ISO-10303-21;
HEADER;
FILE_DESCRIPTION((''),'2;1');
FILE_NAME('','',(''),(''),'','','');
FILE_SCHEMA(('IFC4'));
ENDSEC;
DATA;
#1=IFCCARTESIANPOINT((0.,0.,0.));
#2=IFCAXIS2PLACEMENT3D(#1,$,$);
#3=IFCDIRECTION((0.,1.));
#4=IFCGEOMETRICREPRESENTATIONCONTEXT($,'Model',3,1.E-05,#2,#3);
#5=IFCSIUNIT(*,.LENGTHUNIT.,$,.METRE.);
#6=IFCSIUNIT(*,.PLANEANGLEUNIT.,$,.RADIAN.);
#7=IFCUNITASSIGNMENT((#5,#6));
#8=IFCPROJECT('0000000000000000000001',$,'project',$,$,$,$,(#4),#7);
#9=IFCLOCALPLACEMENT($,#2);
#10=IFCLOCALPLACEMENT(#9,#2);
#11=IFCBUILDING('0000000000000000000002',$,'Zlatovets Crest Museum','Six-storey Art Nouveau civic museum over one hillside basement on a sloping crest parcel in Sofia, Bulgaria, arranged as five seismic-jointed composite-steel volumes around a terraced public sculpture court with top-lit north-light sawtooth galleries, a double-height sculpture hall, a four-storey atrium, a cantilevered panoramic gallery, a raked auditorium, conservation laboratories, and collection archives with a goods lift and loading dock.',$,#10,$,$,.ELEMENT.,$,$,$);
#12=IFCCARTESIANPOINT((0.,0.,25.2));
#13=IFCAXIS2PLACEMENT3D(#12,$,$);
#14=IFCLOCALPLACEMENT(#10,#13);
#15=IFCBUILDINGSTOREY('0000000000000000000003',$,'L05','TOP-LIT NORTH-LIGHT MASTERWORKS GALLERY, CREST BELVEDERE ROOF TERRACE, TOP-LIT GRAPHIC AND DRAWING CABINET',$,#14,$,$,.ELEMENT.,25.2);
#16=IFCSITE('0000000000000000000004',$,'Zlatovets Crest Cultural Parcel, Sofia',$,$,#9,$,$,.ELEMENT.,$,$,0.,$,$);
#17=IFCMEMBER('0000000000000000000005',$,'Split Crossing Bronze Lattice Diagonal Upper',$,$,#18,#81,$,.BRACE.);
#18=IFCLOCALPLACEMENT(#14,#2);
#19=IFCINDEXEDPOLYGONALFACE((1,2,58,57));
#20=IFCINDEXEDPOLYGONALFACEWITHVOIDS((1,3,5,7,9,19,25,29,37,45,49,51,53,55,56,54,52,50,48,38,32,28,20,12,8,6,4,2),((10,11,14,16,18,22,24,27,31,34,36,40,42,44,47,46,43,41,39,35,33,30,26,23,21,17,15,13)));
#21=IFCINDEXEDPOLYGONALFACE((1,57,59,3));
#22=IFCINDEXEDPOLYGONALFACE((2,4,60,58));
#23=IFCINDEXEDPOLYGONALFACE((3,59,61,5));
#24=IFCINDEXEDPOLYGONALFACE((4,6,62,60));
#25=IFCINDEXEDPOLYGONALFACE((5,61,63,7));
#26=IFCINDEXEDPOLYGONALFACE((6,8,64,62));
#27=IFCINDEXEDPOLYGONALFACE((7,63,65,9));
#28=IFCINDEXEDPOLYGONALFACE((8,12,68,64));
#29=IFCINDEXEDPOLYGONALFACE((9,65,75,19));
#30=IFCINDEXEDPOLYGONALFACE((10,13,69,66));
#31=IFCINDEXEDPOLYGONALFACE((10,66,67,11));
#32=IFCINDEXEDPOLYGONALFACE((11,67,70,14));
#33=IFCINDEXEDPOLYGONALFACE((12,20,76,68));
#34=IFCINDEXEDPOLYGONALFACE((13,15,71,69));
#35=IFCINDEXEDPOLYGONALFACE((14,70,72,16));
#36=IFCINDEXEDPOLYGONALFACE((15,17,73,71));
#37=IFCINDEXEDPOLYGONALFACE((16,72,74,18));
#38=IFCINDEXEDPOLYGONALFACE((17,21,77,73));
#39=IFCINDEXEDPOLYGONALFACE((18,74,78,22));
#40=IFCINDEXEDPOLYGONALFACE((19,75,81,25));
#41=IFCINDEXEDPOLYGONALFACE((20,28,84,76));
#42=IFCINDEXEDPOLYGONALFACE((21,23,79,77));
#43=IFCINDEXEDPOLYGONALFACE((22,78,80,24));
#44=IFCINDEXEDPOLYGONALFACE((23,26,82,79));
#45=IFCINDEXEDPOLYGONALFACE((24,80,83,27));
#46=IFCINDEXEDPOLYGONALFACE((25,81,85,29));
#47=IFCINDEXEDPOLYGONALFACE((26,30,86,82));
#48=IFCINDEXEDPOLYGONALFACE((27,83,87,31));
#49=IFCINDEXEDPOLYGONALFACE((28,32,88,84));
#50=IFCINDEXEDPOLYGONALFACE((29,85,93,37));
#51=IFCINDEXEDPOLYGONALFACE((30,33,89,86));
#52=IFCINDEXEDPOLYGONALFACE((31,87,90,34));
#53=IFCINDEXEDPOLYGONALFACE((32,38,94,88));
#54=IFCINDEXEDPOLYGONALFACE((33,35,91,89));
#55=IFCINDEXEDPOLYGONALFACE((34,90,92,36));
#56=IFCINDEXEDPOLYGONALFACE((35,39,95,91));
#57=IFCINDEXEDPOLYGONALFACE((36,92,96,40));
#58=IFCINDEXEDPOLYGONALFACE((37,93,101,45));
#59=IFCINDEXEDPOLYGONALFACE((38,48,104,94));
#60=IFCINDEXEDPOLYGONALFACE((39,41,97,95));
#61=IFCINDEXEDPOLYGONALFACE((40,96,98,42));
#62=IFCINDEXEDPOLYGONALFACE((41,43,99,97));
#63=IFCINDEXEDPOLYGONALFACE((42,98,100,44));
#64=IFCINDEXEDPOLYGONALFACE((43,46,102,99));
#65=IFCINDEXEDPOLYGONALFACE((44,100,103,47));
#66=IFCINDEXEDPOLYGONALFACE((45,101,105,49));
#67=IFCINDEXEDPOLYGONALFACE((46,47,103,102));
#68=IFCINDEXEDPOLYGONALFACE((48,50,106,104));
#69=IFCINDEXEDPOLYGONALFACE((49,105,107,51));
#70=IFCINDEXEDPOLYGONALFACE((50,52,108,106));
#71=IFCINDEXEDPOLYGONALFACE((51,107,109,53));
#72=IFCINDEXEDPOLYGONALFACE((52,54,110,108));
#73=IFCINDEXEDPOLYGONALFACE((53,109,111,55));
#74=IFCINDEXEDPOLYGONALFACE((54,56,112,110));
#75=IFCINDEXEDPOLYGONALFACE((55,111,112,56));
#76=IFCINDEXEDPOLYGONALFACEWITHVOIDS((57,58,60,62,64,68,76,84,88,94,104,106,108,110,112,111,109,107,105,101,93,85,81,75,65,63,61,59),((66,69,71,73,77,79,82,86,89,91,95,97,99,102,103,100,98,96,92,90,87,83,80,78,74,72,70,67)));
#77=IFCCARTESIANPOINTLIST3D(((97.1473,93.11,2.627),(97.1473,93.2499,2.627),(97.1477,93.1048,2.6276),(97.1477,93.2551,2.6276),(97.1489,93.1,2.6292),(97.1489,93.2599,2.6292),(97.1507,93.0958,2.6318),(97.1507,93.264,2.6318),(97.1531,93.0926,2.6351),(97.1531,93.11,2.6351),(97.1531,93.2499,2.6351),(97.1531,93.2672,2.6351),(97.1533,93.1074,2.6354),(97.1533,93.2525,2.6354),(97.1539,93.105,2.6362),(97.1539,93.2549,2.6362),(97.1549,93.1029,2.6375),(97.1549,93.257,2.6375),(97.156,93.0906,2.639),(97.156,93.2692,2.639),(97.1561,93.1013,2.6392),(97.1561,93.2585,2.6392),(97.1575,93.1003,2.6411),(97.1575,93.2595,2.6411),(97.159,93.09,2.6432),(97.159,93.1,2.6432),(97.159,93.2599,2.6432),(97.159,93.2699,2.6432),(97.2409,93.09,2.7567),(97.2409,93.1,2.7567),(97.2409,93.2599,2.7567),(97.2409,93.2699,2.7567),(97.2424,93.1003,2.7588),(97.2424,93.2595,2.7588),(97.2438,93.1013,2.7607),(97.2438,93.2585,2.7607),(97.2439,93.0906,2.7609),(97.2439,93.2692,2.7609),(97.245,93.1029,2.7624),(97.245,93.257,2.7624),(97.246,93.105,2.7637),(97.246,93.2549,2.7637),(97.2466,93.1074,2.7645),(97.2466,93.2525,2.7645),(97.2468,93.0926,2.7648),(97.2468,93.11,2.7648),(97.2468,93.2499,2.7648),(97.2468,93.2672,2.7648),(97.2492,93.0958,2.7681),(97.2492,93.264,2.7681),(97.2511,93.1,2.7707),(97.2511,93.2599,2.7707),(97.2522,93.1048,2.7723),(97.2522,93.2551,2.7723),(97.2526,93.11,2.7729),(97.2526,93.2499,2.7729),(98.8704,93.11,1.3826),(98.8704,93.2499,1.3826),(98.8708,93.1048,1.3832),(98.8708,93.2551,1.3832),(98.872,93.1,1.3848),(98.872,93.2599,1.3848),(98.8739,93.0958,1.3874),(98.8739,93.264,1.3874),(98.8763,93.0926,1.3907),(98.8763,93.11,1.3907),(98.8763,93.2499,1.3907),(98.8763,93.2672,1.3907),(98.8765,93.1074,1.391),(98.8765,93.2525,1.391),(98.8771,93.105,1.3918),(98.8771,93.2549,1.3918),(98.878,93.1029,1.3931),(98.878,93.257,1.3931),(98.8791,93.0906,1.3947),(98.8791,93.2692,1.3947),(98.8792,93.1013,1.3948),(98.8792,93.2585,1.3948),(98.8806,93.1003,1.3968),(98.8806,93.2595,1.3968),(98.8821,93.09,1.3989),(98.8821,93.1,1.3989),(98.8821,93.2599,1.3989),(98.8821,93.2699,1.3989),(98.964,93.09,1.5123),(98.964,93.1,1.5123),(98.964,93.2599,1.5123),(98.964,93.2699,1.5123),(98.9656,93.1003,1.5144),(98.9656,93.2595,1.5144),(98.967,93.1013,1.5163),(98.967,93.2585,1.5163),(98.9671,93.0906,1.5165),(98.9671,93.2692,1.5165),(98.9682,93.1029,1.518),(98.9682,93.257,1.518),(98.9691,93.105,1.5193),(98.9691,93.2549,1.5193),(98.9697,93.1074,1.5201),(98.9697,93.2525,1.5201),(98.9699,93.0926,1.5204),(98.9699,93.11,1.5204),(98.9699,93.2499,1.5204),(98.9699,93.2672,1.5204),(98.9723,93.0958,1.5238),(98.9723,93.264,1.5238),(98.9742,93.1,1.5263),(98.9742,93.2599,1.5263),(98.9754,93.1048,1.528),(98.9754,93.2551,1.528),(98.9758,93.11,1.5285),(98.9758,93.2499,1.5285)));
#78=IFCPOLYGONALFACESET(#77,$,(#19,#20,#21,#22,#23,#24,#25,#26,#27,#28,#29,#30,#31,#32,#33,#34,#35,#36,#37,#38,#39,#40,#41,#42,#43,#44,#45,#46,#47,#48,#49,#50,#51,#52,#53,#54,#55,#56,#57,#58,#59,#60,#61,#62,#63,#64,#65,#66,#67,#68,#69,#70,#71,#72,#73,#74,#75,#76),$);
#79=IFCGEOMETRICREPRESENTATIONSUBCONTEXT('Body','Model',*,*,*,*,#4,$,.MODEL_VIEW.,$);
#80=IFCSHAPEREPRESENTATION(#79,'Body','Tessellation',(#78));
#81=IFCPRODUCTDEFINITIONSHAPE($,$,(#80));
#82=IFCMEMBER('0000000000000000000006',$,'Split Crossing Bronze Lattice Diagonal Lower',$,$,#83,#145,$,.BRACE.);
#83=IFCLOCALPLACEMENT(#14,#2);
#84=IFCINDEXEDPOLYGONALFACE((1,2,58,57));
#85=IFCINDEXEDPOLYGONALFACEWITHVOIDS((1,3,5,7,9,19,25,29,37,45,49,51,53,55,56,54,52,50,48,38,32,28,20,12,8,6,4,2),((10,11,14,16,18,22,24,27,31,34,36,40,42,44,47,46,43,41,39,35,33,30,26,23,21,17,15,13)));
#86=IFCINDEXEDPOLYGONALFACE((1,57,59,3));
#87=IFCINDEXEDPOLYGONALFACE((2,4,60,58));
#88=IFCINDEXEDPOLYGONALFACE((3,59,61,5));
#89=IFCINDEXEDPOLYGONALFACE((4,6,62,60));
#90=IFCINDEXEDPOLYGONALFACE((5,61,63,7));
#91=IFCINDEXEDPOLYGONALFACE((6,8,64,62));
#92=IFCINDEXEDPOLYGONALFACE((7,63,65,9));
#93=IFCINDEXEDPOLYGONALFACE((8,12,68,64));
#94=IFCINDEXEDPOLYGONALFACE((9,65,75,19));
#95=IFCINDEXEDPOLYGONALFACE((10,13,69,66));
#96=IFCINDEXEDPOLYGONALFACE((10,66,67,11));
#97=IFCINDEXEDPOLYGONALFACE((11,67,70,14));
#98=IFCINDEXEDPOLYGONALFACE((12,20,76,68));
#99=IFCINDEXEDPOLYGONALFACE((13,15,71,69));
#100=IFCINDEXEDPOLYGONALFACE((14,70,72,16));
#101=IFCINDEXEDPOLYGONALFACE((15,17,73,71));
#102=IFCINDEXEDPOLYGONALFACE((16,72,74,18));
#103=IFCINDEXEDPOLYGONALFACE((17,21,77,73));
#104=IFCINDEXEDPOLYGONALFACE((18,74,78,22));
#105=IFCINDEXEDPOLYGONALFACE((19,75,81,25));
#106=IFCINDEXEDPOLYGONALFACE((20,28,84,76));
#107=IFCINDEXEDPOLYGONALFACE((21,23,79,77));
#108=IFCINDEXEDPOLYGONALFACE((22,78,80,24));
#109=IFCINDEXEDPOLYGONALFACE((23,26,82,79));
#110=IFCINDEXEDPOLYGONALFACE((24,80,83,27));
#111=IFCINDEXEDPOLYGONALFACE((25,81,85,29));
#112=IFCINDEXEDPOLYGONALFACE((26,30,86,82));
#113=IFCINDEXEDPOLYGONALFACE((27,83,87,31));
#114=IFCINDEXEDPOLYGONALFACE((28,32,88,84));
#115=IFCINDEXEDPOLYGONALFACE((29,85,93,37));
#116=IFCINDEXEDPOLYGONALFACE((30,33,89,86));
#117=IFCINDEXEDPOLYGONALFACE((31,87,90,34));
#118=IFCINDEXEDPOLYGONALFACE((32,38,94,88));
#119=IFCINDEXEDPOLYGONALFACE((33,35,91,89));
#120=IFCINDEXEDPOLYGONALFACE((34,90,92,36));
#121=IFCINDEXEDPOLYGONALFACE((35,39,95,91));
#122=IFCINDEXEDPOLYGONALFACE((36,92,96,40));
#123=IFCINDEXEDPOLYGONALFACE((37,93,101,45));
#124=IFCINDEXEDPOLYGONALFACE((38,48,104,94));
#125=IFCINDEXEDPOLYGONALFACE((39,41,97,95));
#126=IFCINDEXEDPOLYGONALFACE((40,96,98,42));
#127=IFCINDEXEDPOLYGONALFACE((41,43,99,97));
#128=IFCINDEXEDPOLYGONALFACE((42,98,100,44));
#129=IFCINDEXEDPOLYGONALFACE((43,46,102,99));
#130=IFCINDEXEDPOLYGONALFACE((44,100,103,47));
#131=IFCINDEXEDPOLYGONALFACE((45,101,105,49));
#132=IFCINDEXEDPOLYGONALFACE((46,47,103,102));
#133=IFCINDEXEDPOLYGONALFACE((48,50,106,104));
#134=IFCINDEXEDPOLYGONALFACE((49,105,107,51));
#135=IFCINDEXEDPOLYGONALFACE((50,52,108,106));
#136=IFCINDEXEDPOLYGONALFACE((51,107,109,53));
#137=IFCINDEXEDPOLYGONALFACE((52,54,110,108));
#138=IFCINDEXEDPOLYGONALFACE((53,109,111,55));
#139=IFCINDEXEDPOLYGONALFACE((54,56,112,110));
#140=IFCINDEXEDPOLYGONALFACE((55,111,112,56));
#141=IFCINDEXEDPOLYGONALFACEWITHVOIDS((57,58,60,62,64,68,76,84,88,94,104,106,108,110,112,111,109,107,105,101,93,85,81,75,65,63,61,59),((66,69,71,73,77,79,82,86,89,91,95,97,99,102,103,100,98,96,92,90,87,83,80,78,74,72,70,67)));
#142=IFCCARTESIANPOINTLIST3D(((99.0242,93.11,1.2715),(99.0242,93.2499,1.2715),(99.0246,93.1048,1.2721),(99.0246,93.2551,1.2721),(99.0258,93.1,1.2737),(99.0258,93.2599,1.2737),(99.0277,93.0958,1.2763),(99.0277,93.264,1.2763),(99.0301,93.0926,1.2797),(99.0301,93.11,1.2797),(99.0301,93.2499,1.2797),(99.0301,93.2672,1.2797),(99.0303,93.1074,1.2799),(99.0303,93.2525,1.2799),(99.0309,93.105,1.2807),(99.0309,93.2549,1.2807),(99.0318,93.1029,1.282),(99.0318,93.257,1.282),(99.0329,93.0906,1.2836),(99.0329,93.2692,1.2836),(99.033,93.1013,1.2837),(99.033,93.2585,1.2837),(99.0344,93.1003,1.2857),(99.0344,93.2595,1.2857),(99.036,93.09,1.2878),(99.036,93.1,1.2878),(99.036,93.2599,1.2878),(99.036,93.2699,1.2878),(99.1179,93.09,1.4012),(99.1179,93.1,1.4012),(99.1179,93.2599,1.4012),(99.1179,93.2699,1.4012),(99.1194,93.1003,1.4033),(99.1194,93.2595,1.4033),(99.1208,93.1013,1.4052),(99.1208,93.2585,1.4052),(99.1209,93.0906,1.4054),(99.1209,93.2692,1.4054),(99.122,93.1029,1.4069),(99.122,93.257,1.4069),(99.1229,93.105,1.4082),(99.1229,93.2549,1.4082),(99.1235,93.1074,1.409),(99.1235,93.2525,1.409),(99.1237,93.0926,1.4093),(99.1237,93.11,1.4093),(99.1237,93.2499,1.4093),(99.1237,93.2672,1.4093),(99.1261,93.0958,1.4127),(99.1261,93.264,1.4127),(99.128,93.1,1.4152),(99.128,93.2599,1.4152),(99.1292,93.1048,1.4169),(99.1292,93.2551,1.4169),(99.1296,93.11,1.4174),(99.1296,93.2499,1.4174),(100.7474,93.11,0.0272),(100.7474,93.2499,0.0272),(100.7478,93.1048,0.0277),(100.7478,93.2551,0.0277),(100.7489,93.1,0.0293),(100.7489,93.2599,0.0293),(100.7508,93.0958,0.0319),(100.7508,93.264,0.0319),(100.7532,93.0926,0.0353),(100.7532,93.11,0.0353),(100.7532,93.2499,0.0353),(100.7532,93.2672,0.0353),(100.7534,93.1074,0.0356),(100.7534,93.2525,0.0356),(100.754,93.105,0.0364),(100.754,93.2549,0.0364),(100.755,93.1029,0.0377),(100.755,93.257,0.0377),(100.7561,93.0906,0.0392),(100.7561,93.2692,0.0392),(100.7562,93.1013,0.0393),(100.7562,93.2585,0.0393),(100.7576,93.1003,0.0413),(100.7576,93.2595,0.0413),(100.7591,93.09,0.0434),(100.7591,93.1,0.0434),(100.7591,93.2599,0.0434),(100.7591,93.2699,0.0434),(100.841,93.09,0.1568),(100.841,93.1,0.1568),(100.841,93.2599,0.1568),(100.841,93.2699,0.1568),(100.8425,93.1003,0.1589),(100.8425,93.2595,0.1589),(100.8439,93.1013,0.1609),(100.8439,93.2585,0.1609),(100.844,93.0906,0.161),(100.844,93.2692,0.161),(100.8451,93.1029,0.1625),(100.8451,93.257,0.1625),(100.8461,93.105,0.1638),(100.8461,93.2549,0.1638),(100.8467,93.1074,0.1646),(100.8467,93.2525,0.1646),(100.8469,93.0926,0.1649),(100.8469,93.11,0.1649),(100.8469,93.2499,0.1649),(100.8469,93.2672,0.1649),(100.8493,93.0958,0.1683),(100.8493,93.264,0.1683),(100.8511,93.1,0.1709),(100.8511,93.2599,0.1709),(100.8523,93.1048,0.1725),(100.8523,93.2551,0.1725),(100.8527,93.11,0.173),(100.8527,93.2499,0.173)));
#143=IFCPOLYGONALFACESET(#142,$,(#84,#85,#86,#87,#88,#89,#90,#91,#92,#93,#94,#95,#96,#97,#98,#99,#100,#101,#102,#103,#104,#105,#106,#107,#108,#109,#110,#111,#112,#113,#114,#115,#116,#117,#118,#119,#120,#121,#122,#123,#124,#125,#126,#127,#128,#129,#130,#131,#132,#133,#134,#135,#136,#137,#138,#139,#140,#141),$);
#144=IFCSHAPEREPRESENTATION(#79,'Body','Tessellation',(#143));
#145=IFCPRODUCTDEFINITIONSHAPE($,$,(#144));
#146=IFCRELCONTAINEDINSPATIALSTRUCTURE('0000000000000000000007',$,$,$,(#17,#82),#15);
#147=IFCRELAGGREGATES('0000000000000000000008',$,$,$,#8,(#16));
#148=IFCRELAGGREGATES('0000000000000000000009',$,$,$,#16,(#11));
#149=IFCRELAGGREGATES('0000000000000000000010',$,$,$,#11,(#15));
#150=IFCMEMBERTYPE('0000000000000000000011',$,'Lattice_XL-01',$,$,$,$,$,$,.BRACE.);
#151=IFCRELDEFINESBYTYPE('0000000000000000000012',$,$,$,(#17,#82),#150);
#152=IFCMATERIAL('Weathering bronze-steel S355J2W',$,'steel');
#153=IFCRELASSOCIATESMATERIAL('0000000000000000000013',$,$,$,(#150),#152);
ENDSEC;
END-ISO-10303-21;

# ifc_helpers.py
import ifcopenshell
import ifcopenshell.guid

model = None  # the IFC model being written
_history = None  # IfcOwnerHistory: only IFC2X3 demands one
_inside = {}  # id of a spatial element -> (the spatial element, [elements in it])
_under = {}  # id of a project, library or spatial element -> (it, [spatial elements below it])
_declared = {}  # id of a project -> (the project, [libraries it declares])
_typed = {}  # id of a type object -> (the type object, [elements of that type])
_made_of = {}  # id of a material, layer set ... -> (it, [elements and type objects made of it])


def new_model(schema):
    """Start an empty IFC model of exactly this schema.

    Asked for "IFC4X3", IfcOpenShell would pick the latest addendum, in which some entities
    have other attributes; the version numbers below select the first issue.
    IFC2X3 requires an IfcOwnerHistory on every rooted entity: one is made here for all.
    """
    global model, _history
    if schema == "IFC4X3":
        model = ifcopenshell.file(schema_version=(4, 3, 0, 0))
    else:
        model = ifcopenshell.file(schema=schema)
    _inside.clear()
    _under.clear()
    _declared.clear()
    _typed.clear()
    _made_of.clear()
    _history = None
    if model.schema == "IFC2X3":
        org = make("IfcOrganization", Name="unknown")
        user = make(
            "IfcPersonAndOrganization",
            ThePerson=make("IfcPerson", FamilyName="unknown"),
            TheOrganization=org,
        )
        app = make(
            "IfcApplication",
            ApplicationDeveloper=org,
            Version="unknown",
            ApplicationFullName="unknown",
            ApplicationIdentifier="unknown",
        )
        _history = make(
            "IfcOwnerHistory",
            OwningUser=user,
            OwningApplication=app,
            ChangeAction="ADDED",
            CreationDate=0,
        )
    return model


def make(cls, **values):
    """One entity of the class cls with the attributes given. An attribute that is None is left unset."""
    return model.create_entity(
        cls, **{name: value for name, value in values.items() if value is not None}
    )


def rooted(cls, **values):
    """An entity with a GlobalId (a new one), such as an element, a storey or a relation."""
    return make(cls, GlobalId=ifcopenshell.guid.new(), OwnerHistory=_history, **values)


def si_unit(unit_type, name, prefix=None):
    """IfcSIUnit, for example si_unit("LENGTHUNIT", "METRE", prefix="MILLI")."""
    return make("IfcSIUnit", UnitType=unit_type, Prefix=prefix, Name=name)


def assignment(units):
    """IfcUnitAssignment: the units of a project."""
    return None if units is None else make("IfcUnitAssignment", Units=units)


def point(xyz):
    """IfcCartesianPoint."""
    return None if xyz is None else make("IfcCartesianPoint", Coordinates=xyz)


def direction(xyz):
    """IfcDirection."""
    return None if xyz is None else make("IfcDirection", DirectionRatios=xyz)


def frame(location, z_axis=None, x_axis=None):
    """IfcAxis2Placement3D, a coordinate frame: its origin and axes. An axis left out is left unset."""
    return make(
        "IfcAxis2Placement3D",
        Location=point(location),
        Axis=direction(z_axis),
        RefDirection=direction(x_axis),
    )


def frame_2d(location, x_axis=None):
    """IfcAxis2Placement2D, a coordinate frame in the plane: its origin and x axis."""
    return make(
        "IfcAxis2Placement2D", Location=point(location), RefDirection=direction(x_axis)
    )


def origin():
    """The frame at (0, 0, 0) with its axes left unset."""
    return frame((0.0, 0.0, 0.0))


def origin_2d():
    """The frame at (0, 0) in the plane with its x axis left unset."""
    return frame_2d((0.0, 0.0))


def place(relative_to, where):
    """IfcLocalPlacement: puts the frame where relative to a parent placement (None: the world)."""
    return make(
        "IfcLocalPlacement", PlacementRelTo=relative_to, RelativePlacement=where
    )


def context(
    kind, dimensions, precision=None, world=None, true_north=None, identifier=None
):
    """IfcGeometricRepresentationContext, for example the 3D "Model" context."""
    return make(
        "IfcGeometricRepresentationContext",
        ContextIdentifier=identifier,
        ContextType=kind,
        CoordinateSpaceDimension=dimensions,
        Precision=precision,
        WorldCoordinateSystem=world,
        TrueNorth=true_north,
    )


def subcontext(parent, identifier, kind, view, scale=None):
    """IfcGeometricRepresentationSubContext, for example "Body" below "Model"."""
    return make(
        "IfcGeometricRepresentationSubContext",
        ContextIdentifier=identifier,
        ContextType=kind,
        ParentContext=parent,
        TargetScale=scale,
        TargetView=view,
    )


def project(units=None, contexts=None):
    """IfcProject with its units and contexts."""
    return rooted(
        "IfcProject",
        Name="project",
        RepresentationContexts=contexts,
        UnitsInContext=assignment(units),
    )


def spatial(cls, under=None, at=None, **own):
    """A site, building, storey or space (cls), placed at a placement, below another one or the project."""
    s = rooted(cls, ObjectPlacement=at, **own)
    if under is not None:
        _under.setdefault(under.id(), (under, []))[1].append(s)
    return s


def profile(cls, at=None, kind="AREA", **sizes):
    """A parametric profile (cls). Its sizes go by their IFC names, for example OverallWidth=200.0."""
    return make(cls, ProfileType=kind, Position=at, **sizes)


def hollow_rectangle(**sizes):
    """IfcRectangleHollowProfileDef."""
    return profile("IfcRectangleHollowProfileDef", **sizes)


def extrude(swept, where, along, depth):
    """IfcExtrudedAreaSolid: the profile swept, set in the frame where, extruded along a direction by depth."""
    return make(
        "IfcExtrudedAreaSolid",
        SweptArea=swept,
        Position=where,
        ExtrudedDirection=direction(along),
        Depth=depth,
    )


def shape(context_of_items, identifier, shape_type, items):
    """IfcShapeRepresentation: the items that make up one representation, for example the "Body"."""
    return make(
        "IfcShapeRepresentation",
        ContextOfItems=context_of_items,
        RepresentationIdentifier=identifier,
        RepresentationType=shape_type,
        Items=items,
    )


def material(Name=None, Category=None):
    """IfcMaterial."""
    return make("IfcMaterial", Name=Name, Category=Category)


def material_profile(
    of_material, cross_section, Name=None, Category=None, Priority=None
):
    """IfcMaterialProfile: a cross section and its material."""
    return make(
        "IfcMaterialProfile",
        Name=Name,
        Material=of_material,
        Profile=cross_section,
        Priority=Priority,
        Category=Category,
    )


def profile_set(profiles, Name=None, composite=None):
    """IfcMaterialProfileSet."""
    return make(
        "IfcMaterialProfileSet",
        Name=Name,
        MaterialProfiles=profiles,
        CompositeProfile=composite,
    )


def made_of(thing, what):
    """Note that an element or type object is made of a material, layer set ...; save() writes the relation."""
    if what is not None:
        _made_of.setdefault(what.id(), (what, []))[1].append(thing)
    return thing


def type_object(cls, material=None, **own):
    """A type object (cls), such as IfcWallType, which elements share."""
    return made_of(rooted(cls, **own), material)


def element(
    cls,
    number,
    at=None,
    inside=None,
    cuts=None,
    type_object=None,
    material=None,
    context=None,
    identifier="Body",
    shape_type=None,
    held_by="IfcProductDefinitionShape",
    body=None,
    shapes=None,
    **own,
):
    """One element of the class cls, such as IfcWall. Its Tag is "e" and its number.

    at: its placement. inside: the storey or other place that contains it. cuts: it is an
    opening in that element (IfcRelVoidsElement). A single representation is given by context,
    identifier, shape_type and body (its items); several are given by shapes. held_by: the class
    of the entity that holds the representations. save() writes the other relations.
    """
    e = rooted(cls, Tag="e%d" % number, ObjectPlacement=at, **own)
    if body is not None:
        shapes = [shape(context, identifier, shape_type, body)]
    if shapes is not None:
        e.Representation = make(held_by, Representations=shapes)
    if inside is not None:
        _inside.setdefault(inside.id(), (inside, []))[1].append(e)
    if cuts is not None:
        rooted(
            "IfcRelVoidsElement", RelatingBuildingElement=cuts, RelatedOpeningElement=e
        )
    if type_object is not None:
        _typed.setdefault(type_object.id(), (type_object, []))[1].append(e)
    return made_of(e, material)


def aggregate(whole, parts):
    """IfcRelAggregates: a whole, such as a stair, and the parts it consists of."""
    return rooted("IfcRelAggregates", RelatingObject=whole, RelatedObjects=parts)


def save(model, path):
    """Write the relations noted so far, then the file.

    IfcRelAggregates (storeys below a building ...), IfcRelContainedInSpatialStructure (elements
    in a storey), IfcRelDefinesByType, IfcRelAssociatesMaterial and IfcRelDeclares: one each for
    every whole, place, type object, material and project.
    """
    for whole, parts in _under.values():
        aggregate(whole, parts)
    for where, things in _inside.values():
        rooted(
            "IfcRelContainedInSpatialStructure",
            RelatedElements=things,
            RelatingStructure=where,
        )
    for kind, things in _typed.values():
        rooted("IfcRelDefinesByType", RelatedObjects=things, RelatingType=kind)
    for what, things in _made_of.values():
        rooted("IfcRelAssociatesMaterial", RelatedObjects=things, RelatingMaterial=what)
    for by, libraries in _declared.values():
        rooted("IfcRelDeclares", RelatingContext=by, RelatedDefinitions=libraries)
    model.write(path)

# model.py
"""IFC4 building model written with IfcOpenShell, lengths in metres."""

from ifc_helpers import new_model, si_unit, direction, frame, origin, origin_2d, place, context, subcontext, project, spatial, hollow_rectangle, extrude, material, material_profile, profile_set, type_object, element, save


model = new_model("IFC4")

# Units and contexts
model_context = context("Model", 3, precision=1e-05, world=origin(), true_north=direction((0.0, 1.0)))
body_context = subcontext(model_context, "Body", "Model", "MODEL_VIEW")
ifc_project = project(units=[si_unit("LENGTHUNIT", "METRE"), si_unit("PLANEANGLEUNIT", "RADIAN")], contexts=[model_context])

# Site, building, storey
site_placement = place(None, origin())
site = spatial("IfcSite", under=ifc_project, at=site_placement, Name="Zlatovets Crest Cultural Parcel, Sofia", CompositionType="ELEMENT", RefElevation=0.0)
building_placement = place(site_placement, origin())
building = spatial("IfcBuilding", under=site, at=building_placement, Name="Zlatovets Crest Museum", Description="Six-storey Art Nouveau civic museum over one hillside basement on a sloping crest parcel in Sofia, Bulgaria, arranged as five seismic-jointed composite-steel volumes around a terraced public sculpture court with top-lit north-light sawtooth galleries, a double-height sculpture hall, a four-storey atrium, a cantilevered panoramic gallery, a raked auditorium, conservation laboratories, and collection archives with a goods lift and loading dock.", CompositionType="ELEMENT")
storey_placement = place(building_placement, frame((0.0, 0.0, 25.2)))
storey = spatial("IfcBuildingStorey", under=building, at=storey_placement, Name="L05", Description="TOP-LIT NORTH-LIGHT MASTERWORKS GALLERY, CREST BELVEDERE ROOF TERRACE, TOP-LIT GRAPHIC AND DRAWING CABINET", CompositionType="ELEMENT", Elevation=25.2)

# Members
ifc_material_1 = material(Name="Weathering bronze-steel S355J2W", Category="steel")
ifc_material_profile_1 = material_profile(ifc_material_1, hollow_rectangle(XDim=0.1799, YDim=0.1799, WallThickness=0.01, InnerFilletRadius=0.01, OuterFilletRadius=0.02, at=origin_2d()), Name="SHS 180x180x10.0")
ifc_profile_set_1 = profile_set([ifc_material_profile_1], Name="Weathering bronze-steel S355J2W")
member_type_1 = type_object("IfcMemberType", Name="Lattice_XL-01", PredefinedType="BRACE", material=ifc_profile_set_1)
for number, where, z_axis, x_axis, name in (
    (1, (97.2, 93.1799, 2.7), (0.810703, 0.0, -0.585457), (0.0, 1.0, 0.0), "Split Crossing Bronze Lattice Diagonal Upper"),
    (2, (99.0769, 93.1799, 1.3445), (0.810703, 0.0, -0.585457), (0.0, 1.0, 0.0), "Split Crossing Bronze Lattice Diagonal Lower"),
):
    element("IfcMember", number, at=place(storey_placement, frame(where, z_axis=z_axis, x_axis=x_axis)), inside=storey, type_object=member_type_1, Name=name, PredefinedType="BRACE", context=body_context, shape_type="SweptSolid", body=[
        extrude(hollow_rectangle(XDim=0.1799, YDim=0.1799, WallThickness=0.01, InnerFilletRadius=0.01, OuterFilletRadius=0.02, at=origin_2d()), origin(), (0.0, 0.0, 1.0), 2.1255),
    ])

save(model, "model.ifc")
